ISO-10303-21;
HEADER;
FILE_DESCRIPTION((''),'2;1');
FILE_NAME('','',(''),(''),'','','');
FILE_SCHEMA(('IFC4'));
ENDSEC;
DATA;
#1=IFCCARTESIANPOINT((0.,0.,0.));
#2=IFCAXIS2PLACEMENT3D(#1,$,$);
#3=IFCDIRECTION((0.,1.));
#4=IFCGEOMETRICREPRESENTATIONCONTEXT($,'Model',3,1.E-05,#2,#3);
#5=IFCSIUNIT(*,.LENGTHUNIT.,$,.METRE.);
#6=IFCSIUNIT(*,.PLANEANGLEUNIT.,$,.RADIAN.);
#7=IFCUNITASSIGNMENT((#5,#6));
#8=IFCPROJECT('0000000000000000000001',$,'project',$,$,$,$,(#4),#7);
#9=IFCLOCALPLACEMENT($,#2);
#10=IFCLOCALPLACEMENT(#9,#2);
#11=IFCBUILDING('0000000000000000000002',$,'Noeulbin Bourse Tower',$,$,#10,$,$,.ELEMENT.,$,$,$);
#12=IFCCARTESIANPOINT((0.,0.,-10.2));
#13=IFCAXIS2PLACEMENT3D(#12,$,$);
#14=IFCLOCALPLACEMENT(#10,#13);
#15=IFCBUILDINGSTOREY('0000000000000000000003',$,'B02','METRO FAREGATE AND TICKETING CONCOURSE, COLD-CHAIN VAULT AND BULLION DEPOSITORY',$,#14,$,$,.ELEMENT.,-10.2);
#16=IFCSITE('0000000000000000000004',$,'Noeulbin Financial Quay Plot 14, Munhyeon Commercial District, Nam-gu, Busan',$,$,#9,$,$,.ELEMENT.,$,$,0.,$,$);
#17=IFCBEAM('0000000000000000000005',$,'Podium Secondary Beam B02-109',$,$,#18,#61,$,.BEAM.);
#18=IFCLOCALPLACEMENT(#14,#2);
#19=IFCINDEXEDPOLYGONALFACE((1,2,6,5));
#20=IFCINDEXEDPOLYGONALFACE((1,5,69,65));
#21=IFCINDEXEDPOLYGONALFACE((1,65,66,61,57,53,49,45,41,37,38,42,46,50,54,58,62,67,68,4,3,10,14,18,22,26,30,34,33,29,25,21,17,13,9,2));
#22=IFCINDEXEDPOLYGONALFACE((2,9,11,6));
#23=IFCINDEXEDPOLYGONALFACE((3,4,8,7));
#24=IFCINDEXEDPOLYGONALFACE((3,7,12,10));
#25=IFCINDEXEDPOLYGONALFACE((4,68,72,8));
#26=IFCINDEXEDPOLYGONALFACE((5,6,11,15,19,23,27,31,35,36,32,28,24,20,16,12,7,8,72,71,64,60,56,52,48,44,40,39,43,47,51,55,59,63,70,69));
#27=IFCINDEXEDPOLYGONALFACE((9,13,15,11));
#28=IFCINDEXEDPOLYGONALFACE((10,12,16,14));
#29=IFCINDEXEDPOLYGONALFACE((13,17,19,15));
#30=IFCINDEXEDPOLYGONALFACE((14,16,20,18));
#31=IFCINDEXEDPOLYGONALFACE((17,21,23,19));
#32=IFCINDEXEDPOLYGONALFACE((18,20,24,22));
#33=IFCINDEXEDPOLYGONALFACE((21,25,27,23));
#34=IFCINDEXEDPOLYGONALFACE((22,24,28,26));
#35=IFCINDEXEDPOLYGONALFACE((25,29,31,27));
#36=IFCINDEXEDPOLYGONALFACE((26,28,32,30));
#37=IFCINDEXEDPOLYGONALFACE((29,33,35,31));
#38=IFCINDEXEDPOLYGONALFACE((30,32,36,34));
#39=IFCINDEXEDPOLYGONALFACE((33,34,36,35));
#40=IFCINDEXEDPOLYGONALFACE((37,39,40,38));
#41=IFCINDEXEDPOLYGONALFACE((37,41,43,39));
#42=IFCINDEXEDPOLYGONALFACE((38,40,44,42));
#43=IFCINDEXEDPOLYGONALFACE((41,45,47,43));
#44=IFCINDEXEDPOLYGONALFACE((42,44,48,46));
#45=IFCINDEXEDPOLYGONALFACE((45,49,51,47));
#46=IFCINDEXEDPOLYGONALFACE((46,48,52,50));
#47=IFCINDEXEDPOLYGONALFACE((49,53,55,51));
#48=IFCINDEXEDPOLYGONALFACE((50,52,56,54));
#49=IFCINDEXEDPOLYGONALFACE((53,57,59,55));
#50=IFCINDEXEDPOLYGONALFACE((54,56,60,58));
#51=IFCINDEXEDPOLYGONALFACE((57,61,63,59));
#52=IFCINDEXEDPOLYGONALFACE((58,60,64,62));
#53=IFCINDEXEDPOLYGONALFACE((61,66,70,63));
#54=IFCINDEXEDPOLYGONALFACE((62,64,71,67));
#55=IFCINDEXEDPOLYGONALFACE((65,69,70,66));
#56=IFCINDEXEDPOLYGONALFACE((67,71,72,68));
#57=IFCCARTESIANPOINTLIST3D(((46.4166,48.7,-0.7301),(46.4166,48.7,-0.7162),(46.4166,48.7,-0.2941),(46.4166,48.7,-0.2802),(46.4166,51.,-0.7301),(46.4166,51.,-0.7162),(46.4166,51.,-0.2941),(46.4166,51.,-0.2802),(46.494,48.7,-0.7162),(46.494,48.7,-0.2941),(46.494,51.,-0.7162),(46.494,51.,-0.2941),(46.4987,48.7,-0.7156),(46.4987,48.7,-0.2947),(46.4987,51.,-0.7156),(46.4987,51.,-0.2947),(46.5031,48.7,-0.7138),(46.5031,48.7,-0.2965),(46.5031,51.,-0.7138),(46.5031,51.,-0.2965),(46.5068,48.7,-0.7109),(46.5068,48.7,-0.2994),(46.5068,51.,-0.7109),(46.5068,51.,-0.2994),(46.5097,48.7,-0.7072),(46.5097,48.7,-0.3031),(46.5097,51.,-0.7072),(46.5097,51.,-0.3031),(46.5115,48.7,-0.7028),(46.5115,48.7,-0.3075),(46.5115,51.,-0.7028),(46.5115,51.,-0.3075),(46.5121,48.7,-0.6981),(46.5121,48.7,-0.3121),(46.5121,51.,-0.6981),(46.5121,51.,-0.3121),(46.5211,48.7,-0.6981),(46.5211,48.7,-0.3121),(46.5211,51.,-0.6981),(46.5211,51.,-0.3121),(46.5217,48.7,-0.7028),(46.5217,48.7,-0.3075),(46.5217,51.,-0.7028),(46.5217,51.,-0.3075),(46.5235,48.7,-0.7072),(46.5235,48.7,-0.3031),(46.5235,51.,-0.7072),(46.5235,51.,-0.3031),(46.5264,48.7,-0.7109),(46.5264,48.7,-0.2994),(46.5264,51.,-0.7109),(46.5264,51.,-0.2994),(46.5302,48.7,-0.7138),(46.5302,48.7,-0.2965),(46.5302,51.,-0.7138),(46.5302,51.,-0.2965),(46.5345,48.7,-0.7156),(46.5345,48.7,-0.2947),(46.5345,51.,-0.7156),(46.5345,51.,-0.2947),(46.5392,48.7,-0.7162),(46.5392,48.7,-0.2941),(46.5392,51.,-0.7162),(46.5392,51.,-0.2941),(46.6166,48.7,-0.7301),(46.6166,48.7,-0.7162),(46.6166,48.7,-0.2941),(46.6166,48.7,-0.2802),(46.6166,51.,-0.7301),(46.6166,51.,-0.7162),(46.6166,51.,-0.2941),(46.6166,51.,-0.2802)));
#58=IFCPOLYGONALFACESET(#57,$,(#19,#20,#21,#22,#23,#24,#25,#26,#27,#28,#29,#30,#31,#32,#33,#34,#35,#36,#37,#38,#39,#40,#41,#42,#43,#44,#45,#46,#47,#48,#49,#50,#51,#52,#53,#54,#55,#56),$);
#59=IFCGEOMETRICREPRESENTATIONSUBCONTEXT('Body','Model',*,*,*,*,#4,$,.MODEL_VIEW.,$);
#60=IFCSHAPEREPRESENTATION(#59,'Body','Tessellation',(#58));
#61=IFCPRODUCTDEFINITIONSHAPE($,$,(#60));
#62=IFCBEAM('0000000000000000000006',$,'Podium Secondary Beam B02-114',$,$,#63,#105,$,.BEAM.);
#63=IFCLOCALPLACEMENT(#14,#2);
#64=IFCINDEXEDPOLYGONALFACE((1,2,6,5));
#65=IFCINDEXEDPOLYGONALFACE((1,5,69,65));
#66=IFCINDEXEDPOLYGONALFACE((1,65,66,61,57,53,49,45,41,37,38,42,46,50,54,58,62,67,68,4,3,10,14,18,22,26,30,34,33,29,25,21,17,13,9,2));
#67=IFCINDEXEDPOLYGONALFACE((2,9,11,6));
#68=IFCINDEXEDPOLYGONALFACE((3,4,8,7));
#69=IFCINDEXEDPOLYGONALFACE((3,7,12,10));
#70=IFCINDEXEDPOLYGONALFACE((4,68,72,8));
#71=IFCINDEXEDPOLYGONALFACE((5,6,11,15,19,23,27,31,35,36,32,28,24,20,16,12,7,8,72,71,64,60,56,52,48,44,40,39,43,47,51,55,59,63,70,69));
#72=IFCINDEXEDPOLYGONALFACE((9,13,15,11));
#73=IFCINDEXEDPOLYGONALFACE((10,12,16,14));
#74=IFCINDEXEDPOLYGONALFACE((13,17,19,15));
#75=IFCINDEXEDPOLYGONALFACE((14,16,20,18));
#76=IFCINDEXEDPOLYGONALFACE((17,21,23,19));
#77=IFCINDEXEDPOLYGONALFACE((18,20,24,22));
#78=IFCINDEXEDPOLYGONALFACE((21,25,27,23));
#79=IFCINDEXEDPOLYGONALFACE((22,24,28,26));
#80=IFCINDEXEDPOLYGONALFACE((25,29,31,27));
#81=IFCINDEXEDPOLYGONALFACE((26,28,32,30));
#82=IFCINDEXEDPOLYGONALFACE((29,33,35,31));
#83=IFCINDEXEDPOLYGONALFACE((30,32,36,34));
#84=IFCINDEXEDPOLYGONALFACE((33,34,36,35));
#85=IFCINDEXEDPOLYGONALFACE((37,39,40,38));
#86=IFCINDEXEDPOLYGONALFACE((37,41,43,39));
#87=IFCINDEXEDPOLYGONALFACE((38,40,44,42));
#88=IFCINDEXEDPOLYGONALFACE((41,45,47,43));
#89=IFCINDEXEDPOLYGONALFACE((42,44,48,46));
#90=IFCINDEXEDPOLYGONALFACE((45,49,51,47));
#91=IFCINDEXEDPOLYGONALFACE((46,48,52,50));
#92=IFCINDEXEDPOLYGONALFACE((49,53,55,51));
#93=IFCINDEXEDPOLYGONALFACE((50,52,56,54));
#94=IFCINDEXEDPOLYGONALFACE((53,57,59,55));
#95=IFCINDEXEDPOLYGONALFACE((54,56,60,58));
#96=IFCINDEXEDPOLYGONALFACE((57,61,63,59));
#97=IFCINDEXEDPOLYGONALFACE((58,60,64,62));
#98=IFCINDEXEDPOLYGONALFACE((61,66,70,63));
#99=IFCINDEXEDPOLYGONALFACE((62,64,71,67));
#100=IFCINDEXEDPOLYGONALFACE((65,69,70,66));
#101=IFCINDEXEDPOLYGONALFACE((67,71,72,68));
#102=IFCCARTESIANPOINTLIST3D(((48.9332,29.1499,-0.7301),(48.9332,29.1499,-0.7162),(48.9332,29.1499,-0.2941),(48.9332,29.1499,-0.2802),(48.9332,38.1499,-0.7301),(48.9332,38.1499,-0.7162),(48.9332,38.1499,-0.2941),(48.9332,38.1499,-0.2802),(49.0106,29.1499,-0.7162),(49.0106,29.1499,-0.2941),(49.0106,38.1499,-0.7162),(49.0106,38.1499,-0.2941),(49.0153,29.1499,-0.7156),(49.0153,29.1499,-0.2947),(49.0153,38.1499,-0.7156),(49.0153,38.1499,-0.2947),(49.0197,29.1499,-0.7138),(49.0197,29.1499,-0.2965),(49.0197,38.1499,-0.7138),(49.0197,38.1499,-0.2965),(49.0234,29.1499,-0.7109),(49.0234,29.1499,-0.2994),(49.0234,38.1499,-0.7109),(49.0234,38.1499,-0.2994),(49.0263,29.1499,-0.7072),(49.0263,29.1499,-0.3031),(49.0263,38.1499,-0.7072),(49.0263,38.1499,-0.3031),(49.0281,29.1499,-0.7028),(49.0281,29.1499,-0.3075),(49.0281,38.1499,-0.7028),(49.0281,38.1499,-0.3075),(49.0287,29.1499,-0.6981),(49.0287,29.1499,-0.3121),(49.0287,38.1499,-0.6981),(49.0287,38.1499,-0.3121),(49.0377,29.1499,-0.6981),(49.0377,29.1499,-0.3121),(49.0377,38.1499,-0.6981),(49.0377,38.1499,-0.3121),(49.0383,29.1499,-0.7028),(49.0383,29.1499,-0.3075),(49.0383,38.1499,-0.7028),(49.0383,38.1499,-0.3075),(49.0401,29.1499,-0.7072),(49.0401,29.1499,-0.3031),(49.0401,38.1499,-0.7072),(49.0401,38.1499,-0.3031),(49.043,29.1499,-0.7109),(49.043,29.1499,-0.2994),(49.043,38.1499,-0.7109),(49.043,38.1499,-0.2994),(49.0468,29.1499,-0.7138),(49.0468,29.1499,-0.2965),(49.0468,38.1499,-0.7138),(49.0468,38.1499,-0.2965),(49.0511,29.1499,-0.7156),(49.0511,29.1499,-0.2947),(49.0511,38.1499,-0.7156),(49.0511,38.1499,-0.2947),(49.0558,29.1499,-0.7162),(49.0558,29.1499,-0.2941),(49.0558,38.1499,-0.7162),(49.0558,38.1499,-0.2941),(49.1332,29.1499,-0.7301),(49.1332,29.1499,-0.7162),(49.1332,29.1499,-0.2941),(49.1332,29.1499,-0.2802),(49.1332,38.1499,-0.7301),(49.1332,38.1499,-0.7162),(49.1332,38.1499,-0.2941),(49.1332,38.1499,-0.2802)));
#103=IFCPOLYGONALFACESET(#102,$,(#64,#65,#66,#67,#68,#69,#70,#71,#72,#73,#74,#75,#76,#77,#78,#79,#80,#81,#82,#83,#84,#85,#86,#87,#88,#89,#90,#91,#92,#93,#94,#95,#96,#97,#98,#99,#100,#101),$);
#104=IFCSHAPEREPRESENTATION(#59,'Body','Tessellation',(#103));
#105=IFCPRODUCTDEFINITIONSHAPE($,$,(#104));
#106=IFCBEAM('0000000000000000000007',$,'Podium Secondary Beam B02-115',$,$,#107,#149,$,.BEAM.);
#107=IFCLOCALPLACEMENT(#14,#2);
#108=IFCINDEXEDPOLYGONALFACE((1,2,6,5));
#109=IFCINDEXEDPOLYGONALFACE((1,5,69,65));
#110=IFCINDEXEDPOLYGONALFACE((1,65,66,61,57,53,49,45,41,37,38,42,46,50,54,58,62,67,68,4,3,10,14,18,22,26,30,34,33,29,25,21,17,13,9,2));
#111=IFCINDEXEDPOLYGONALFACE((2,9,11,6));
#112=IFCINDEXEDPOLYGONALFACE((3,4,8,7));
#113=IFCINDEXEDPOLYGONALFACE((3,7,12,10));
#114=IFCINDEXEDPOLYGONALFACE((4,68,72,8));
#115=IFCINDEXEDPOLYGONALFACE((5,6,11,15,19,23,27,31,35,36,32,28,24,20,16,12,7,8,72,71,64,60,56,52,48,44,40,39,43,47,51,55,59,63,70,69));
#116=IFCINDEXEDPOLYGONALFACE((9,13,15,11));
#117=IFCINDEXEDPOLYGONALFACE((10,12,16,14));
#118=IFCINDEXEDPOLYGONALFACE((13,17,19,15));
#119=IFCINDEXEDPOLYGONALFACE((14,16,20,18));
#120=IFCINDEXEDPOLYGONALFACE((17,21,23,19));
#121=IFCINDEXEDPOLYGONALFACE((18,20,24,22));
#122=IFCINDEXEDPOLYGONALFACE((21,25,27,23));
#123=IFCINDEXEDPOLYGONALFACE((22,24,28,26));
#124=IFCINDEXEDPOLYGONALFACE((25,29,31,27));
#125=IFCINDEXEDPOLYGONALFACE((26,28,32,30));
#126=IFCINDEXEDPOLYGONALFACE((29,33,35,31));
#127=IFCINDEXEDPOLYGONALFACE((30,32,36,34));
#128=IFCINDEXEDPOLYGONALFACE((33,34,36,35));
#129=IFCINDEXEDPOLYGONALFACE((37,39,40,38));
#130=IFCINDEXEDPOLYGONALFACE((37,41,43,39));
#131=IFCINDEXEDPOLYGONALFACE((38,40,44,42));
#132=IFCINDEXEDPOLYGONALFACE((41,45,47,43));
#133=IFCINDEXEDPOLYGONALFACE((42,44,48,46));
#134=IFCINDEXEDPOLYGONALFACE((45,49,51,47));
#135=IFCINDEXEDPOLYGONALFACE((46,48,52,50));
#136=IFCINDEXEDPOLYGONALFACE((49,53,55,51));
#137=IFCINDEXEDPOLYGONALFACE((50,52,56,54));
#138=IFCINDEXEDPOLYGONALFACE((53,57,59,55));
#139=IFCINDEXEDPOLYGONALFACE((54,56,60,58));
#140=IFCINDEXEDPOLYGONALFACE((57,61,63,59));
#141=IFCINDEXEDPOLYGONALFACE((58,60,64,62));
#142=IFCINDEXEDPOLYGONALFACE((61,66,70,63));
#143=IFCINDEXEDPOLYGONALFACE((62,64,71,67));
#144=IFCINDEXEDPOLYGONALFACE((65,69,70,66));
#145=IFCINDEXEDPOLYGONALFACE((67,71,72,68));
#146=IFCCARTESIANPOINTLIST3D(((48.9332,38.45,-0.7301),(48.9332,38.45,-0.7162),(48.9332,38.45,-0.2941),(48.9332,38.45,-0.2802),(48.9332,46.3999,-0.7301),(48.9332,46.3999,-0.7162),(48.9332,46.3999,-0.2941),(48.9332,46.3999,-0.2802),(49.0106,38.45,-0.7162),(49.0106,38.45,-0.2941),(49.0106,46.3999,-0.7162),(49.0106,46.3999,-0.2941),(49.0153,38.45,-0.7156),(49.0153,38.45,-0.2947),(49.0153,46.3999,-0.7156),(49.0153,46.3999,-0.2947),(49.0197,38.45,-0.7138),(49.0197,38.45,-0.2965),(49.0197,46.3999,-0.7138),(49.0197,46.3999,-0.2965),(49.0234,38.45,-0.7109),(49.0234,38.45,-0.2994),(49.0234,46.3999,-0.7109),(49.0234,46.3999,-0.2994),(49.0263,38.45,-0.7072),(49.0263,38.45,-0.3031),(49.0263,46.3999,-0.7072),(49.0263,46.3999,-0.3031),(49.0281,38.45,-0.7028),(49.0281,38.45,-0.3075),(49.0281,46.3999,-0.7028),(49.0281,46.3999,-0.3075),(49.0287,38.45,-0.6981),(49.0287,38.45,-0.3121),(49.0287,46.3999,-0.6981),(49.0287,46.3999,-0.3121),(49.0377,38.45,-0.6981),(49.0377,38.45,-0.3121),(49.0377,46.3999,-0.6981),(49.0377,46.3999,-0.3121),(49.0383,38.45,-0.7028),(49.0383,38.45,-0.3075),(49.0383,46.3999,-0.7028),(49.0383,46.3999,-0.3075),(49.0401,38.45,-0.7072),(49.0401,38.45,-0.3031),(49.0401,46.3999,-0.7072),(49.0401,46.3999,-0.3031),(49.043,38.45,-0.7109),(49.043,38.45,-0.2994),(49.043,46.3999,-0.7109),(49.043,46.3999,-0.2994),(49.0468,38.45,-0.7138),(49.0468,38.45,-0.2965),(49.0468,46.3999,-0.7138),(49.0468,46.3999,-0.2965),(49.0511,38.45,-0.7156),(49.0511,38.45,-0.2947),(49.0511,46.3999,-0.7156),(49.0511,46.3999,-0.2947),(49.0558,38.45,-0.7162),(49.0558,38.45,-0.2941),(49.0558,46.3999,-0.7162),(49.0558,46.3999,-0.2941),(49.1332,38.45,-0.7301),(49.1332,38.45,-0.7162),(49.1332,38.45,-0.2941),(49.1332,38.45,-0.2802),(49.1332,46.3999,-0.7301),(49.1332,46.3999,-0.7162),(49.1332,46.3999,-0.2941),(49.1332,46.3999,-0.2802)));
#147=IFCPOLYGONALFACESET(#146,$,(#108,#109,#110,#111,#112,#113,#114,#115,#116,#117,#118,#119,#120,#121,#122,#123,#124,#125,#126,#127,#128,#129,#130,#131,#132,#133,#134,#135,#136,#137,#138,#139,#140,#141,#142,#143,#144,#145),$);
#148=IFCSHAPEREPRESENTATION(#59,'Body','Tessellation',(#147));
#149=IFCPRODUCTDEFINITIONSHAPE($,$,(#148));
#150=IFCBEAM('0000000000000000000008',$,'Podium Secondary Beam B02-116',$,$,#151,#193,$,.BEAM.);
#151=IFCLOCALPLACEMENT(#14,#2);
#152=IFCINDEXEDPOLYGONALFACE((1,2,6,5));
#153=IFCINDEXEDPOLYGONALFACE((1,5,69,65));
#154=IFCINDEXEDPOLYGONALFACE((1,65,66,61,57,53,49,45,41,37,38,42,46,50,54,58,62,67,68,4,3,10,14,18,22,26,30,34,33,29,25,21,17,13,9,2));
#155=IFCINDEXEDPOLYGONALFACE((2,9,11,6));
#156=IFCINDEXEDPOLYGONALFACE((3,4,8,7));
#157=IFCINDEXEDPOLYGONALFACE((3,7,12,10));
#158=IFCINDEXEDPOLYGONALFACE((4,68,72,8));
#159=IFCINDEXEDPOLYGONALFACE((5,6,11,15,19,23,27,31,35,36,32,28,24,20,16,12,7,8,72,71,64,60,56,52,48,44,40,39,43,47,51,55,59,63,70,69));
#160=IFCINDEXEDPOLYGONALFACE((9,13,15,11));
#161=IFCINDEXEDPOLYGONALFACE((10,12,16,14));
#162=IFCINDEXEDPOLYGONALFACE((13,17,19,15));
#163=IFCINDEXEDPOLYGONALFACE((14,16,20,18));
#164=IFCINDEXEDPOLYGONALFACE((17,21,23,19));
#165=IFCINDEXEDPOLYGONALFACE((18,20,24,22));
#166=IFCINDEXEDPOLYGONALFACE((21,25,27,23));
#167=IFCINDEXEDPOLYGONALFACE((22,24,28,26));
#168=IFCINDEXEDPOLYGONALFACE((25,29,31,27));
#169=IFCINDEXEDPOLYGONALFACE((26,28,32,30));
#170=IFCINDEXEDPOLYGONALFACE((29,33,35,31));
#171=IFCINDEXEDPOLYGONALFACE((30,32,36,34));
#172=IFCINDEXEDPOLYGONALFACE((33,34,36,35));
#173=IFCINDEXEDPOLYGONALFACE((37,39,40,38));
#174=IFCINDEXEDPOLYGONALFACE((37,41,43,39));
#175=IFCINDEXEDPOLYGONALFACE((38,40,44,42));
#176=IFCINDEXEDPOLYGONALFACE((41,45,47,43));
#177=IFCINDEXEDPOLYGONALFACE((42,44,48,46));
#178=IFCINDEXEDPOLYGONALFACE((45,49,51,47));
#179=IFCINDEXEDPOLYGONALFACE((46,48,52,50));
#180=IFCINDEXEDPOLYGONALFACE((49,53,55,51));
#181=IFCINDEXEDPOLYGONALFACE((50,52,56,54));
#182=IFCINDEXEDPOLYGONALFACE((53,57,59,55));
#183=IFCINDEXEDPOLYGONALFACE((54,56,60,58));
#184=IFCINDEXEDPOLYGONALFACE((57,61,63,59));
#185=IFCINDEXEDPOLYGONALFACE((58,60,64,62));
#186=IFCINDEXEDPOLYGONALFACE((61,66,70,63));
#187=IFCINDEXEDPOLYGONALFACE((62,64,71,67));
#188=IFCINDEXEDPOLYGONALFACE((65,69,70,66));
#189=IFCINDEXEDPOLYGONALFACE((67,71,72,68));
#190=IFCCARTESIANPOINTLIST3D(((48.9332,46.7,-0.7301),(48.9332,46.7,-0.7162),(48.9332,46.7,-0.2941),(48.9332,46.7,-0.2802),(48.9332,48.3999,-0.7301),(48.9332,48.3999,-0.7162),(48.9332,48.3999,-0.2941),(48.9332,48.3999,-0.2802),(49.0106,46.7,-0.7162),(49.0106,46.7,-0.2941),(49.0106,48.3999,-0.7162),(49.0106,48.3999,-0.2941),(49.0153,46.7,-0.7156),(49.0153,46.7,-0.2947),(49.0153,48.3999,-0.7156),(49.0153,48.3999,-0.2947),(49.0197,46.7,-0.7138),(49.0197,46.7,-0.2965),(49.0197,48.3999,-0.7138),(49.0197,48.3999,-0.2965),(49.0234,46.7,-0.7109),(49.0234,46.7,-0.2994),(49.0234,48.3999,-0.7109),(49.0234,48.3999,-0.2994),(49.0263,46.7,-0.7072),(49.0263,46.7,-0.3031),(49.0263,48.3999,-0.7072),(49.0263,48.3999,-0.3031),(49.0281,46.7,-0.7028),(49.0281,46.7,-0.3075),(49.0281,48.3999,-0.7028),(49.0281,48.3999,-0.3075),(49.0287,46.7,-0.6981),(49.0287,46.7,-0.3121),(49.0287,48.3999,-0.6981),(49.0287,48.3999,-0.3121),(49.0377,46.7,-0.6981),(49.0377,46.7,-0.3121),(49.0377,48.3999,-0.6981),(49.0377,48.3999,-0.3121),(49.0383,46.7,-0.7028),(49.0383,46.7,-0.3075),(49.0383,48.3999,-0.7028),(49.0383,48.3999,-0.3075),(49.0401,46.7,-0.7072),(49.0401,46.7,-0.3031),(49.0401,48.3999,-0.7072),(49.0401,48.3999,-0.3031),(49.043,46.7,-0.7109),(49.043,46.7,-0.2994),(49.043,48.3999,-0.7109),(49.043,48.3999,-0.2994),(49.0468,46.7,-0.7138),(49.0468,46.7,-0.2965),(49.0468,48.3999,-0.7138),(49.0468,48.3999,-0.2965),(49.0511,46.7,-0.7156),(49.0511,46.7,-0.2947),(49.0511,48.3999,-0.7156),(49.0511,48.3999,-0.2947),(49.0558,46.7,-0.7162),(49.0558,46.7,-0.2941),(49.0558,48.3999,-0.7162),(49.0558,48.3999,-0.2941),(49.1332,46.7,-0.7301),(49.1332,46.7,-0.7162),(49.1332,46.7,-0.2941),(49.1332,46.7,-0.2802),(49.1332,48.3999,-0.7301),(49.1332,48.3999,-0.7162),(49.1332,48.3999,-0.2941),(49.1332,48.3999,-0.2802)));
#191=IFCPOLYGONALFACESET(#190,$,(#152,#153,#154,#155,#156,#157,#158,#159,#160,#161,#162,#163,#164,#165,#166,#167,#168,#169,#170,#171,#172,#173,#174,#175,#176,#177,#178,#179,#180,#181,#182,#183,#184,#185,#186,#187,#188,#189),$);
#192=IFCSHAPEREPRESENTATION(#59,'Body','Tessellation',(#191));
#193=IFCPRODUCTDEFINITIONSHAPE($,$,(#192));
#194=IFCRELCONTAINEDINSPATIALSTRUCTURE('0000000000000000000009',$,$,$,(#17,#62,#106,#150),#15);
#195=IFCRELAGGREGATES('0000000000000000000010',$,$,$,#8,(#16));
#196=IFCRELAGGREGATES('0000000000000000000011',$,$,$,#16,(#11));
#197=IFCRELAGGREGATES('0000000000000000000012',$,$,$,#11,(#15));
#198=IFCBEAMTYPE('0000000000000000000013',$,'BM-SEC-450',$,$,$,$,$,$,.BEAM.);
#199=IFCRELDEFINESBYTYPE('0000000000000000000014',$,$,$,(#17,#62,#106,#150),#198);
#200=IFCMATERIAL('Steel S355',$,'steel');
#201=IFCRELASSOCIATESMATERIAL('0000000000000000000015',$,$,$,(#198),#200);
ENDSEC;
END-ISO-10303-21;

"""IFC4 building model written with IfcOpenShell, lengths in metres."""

from ifc_helpers import new_model, si_unit, direction, frame, origin, origin_2d, place, context, subcontext, project, spatial, i_section, extrude, material, material_profile, profile_set, type_object, element, save


model = new_model("IFC4")

# Units and contexts
model_context = context("Model", 3, precision=1e-05, world=origin(), true_north=direction((0.0, 1.0)))
body_context = subcontext(model_context, "Body", "Model", "MODEL_VIEW")
ifc_project = project(units=[si_unit("LENGTHUNIT", "METRE"), si_unit("PLANEANGLEUNIT", "RADIAN")], contexts=[model_context])

# Site, building, storey
site_placement = place(None, origin())
site = spatial("IfcSite", under=ifc_project, at=site_placement, Name="Noeulbin Financial Quay Plot 14, Munhyeon Commercial District, Nam-gu, Busan", CompositionType="ELEMENT", RefElevation=0.0)
building_placement = place(site_placement, origin())
building = spatial("IfcBuilding", under=site, at=building_placement, Name="Noeulbin Bourse Tower", CompositionType="ELEMENT")
storey_placement = place(building_placement, frame((0.0, 0.0, -10.2)))
storey = spatial("IfcBuildingStorey", under=building, at=storey_placement, Name="B02", Description="METRO FAREGATE AND TICKETING CONCOURSE, COLD-CHAIN VAULT AND BULLION DEPOSITORY", CompositionType="ELEMENT", Elevation=-10.2)

# Beams
ifc_material_1 = material(Name="Steel S355", Category="steel")
ifc_material_profile_1 = material_profile(ifc_material_1, i_section(OverallWidth=0.2, OverallDepth=0.45, WebThickness=0.009, FlangeThickness=0.0139, FilletRadius=0.0181, at=origin_2d()), Name="H-450x200x9x14", Category="LoadBearing")
ifc_profile_set_1 = profile_set([ifc_material_profile_1], Name="Steel S355")
beam_type_1 = type_object("IfcBeamType", Name="BM-SEC-450", PredefinedType="BEAM", material=ifc_profile_set_1)
beam_1_placement = place(storey_placement, frame((46.5166, 48.7, -0.5051), z_axis=(0.0, 1.0, 0.0), x_axis=(-1.0, 0.0, 0.0)))
element("IfcBeam", 1, at=beam_1_placement, inside=storey, type_object=beam_type_1, Name="Podium Secondary Beam B02-109", PredefinedType="BEAM", context=body_context, shape_type="SweptSolid", body=[
    extrude(i_section(OverallWidth=0.2, OverallDepth=0.45, WebThickness=0.009, FlangeThickness=0.0139, FilletRadius=0.0181, at=origin_2d()), origin(), (0.0, 0.0, 1.0), 2.3),
])
beam_2_placement = place(storey_placement, frame((49.0332, 29.1499, -0.5051), z_axis=(0.0, 1.0, 0.0), x_axis=(-1.0, 0.0, 0.0)))
element("IfcBeam", 2, at=beam_2_placement, inside=storey, type_object=beam_type_1, Name="Podium Secondary Beam B02-114", PredefinedType="BEAM", context=body_context, shape_type="SweptSolid", body=[
    extrude(i_section(OverallWidth=0.2, OverallDepth=0.45, WebThickness=0.009, FlangeThickness=0.0139, FilletRadius=0.0181, at=origin_2d()), origin(), (0.0, 0.0, 1.0), 9.0),
])
beam_3_placement = place(storey_placement, frame((49.0332, 38.45, -0.5051), z_axis=(0.0, 1.0, 0.0), x_axis=(-1.0, 0.0, 0.0)))
element("IfcBeam", 3, at=beam_3_placement, inside=storey, type_object=beam_type_1, Name="Podium Secondary Beam B02-115", PredefinedType="BEAM", context=body_context, shape_type="SweptSolid", body=[
    extrude(i_section(OverallWidth=0.2, OverallDepth=0.45, WebThickness=0.009, FlangeThickness=0.0139, FilletRadius=0.0181, at=origin_2d()), origin(), (0.0, 0.0, 1.0), 7.95),
])
beam_4_placement = place(storey_placement, frame((49.0332, 46.7, -0.5051), z_axis=(0.0, 1.0, 0.0), x_axis=(-1.0, 0.0, 0.0)))
element("IfcBeam", 4, at=beam_4_placement, inside=storey, type_object=beam_type_1, Name="Podium Secondary Beam B02-116", PredefinedType="BEAM", context=body_context, shape_type="SweptSolid", body=[
    extrude(i_section(OverallWidth=0.2, OverallDepth=0.45, WebThickness=0.009, FlangeThickness=0.0139, FilletRadius=0.0181, at=origin_2d()), origin(), (0.0, 0.0, 1.0), 1.7),
])

save(model, "model.ifc")
